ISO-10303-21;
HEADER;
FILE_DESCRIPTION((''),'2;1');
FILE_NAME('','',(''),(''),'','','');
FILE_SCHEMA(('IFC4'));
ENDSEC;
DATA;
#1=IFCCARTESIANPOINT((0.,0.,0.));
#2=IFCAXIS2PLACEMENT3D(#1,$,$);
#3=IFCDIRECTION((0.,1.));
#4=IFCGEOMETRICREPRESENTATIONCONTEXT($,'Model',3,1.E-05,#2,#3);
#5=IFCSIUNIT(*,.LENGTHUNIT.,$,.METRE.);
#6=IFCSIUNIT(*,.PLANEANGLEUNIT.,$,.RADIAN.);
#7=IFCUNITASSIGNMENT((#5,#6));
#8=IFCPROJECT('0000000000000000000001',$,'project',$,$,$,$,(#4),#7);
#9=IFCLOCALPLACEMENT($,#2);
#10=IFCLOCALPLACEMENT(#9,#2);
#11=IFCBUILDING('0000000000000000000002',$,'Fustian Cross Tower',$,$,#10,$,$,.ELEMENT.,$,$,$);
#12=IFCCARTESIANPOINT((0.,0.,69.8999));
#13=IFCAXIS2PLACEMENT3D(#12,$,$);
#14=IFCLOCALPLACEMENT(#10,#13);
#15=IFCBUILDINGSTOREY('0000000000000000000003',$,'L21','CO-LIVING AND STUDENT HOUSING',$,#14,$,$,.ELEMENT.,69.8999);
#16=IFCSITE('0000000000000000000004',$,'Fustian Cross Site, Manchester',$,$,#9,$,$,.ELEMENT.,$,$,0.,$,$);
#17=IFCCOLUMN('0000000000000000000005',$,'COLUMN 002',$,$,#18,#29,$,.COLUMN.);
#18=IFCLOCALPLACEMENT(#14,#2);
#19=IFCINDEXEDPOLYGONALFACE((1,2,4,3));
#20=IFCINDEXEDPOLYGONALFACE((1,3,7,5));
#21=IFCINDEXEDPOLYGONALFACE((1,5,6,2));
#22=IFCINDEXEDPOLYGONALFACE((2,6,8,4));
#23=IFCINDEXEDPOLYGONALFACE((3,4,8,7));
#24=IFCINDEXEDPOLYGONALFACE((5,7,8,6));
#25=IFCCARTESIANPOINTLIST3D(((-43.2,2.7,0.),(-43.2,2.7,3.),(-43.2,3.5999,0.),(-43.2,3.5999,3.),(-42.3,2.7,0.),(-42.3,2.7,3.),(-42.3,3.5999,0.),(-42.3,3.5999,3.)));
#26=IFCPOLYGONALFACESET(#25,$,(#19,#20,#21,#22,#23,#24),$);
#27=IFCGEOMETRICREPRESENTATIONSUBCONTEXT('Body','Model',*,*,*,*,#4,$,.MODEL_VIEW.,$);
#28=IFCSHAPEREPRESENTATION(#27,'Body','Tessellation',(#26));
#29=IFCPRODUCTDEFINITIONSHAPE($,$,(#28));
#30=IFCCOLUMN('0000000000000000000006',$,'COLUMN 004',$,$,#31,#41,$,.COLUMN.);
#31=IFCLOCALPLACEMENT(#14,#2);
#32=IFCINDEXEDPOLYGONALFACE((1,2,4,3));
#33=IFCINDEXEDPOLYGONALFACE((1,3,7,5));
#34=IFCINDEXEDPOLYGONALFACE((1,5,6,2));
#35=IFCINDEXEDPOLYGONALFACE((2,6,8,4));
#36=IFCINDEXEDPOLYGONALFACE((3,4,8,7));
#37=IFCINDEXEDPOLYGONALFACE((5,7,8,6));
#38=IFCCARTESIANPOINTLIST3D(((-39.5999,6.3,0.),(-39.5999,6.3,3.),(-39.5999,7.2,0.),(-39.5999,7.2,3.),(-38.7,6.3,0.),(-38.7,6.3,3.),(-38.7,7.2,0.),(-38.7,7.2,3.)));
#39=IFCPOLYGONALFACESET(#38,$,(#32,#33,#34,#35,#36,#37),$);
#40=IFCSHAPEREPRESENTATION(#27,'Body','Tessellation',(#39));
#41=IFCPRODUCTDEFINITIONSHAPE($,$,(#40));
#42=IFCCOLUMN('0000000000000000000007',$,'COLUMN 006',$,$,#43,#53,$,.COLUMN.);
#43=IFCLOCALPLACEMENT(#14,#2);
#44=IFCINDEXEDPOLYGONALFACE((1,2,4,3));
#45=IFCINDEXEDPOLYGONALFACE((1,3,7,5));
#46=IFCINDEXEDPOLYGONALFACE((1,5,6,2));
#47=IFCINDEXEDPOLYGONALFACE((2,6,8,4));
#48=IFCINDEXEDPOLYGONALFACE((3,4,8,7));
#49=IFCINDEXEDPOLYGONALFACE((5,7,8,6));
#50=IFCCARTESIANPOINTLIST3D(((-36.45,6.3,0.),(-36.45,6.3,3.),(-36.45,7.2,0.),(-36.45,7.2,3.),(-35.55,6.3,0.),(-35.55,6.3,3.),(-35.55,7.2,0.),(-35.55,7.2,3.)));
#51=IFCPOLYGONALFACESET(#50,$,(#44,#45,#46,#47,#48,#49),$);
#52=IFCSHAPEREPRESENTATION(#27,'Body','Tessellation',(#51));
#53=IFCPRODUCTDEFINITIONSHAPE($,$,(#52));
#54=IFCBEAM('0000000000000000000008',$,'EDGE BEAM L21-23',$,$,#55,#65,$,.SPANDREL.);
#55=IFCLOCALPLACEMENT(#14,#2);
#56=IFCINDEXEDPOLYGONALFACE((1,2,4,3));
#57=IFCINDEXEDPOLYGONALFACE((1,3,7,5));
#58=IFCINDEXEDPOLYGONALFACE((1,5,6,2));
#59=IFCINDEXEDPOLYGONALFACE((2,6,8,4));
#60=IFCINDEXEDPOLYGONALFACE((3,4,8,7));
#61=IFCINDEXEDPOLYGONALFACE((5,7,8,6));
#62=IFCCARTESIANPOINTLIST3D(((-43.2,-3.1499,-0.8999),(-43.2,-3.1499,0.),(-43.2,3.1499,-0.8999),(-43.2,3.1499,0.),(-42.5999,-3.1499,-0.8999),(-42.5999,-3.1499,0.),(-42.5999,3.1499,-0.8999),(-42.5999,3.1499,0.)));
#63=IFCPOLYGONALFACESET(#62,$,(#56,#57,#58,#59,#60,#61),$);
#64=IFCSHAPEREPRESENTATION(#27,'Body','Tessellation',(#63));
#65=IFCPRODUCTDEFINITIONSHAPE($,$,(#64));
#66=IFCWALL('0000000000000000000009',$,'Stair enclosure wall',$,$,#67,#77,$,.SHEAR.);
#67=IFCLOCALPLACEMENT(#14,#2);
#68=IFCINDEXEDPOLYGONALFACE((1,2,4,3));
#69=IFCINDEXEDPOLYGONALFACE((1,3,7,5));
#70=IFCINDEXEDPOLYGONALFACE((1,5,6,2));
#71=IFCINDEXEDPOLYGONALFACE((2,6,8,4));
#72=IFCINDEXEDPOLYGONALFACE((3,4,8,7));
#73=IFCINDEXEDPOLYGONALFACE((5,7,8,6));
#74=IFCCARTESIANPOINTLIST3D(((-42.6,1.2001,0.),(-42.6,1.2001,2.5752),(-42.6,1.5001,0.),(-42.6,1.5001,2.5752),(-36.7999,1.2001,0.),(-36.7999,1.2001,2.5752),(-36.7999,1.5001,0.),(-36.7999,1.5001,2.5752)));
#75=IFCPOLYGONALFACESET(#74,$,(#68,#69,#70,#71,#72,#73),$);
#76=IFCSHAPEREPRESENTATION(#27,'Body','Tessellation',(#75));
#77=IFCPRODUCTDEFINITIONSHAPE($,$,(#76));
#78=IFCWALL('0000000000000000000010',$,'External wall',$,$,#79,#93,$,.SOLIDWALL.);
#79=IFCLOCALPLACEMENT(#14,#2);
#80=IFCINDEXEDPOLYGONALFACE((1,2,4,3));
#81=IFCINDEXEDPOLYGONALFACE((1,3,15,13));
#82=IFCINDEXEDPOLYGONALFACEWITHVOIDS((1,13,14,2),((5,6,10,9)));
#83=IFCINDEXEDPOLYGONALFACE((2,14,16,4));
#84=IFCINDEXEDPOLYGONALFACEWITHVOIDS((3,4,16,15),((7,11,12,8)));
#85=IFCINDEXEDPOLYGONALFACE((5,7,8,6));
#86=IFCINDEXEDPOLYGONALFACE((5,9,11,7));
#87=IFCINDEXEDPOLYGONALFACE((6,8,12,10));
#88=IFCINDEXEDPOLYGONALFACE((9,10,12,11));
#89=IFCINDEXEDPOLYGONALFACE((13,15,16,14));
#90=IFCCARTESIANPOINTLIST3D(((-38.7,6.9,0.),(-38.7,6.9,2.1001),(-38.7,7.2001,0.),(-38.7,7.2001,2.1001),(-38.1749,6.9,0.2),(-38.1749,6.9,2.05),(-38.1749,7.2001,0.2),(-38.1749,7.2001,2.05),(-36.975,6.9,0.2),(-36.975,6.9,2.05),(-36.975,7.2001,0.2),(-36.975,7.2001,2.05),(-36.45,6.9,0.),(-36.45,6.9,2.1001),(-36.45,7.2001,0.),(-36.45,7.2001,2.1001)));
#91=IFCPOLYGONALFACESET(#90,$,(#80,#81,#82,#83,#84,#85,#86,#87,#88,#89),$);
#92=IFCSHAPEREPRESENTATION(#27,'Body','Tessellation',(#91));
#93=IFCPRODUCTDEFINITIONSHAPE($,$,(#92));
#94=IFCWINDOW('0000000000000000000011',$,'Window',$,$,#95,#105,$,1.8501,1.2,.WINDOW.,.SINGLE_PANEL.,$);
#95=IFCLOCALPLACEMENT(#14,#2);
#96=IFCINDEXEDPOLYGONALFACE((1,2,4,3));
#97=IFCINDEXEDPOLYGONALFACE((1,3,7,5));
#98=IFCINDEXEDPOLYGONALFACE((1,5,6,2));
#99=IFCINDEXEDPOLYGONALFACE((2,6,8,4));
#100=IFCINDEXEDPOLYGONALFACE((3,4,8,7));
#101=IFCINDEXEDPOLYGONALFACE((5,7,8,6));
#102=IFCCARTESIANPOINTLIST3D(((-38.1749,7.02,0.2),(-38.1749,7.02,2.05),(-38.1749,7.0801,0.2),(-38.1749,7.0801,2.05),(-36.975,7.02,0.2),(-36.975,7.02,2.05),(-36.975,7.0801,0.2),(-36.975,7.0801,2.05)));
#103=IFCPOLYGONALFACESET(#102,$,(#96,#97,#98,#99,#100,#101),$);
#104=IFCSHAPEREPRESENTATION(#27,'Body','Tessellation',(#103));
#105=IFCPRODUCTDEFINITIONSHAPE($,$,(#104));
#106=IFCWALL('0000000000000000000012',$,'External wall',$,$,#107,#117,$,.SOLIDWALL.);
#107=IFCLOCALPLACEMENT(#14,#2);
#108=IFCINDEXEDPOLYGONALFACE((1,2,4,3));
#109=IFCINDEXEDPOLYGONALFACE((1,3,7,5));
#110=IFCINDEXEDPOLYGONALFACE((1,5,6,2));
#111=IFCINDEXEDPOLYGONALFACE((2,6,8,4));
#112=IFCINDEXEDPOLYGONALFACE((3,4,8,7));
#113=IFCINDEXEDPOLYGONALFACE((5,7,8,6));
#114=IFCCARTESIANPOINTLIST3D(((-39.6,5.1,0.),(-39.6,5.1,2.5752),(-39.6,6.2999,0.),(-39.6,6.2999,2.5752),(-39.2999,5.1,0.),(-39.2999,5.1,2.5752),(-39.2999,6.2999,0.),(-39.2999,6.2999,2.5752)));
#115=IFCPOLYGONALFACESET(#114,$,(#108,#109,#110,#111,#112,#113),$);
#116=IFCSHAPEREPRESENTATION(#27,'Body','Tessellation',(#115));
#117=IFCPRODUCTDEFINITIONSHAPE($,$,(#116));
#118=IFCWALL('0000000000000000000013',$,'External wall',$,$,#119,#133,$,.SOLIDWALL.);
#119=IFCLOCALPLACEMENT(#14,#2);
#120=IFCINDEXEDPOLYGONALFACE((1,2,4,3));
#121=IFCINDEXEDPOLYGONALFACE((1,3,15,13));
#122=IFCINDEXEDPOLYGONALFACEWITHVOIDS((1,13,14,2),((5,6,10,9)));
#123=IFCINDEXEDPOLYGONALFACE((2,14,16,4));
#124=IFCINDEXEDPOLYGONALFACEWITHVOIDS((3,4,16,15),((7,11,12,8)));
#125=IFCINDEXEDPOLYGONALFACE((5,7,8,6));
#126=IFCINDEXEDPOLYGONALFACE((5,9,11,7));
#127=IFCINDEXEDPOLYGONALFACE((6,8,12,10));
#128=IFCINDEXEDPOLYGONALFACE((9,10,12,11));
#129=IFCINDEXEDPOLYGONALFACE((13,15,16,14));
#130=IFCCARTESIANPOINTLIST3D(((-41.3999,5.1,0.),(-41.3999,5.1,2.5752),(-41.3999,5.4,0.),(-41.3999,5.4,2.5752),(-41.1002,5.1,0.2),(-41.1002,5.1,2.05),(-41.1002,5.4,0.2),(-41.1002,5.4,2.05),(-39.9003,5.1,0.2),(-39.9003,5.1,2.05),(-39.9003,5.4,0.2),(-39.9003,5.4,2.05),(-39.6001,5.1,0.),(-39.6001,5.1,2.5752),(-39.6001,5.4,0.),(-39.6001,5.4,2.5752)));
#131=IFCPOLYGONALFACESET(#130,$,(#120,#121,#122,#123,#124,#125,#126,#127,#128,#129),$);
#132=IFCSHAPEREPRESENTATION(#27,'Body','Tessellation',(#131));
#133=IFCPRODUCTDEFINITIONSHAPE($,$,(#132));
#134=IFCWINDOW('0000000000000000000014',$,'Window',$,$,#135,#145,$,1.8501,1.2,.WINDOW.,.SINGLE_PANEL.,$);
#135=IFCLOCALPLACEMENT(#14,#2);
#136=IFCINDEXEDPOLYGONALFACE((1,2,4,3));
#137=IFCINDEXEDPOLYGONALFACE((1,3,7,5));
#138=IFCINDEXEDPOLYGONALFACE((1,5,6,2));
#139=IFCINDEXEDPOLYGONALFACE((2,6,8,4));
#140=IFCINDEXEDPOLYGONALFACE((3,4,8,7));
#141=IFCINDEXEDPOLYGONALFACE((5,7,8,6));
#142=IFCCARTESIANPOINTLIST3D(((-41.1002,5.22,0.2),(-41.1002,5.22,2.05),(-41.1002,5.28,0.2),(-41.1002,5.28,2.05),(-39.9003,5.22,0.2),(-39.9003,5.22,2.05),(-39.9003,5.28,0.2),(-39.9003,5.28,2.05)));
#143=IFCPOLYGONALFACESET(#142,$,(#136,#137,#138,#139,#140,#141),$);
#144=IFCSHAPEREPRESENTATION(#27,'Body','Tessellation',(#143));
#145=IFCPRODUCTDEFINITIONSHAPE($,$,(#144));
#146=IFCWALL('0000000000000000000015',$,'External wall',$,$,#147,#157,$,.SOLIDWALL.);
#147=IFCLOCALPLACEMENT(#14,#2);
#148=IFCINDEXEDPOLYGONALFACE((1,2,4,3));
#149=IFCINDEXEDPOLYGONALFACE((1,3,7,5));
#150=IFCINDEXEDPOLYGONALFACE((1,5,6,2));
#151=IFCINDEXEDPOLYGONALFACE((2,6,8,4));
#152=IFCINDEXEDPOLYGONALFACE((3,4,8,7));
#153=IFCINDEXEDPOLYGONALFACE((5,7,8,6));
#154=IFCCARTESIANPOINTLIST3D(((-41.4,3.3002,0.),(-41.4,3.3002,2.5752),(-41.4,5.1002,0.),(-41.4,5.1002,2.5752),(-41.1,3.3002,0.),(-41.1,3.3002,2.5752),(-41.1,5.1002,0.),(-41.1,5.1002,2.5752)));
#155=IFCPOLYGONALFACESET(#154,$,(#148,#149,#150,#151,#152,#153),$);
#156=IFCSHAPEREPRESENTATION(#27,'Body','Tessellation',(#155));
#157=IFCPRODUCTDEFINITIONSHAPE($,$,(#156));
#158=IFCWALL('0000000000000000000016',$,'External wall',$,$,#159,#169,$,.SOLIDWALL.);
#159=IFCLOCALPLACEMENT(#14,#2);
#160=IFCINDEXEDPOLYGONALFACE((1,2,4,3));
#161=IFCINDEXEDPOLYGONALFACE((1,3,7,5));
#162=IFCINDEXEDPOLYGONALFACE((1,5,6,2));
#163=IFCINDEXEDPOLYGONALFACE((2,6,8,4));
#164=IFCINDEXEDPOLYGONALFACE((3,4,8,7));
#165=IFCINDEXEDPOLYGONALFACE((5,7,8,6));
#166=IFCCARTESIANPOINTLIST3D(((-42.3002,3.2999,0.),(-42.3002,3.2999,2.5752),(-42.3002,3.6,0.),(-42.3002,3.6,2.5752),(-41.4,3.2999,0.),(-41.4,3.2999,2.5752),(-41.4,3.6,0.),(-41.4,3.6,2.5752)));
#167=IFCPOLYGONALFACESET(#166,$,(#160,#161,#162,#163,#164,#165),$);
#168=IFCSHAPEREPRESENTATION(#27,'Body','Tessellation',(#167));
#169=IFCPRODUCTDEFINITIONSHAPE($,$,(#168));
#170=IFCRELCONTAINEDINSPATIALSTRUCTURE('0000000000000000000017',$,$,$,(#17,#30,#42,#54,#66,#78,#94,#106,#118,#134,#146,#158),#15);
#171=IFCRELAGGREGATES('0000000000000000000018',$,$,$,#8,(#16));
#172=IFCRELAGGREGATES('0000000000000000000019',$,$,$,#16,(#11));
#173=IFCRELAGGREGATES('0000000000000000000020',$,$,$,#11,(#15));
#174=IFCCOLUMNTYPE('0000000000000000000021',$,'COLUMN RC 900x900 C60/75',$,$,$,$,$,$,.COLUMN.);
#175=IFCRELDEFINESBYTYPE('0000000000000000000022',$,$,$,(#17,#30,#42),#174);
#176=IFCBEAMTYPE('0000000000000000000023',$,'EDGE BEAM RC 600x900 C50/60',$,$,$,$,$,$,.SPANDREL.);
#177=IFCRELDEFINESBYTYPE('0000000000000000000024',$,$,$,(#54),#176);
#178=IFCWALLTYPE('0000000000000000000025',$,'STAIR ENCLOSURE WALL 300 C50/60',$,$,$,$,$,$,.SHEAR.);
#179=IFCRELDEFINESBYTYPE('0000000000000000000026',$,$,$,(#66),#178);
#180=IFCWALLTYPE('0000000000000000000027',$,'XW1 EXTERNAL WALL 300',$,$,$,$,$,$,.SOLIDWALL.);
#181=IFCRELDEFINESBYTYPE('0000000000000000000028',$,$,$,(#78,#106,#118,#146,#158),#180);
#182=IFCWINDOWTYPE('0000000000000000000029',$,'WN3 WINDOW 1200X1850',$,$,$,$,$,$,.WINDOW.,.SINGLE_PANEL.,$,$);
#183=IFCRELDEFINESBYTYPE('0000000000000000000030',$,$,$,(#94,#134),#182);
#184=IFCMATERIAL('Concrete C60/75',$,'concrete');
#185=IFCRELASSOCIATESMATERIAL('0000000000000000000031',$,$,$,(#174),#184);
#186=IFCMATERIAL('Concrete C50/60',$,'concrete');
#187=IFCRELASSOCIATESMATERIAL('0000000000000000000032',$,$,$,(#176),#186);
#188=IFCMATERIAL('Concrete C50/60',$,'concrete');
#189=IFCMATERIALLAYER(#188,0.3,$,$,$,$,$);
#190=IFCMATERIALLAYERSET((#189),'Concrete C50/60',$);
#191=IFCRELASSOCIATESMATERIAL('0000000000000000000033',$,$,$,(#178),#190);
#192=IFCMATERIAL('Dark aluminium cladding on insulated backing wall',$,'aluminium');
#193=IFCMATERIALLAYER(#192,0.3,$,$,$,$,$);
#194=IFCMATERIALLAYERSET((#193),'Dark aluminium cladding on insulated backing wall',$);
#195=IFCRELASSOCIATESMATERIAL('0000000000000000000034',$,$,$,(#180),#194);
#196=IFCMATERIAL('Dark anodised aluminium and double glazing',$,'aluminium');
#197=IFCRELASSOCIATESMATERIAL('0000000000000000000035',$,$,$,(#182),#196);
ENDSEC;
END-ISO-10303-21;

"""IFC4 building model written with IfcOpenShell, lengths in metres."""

from ifc_helpers import new_model, si_unit, direction, frame, frame_2d, origin, origin_2d, place, context, subcontext, project, spatial, rectangle, extrude, material, layer, layer_set, material_profile, profile_set, type_object, element, fill, save


model = new_model("IFC4")

# Units and contexts
model_context = context("Model", 3, precision=1e-05, world=origin(), true_north=direction((0.0, 1.0)))
body_context = subcontext(model_context, "Body", "Model", "MODEL_VIEW")
ifc_project = project(units=[si_unit("LENGTHUNIT", "METRE"), si_unit("PLANEANGLEUNIT", "RADIAN")], contexts=[model_context])

# Site, building, storey
site_placement = place(None, origin())
site = spatial("IfcSite", under=ifc_project, at=site_placement, Name="Fustian Cross Site, Manchester", CompositionType="ELEMENT", RefElevation=0.0)
building_placement = place(site_placement, origin())
building = spatial("IfcBuilding", under=site, at=building_placement, Name="Fustian Cross Tower", CompositionType="ELEMENT")
storey_placement = place(building_placement, frame((0.0, 0.0, 69.8999)))
storey = spatial("IfcBuildingStorey", under=building, at=storey_placement, Name="L21", Description="CO-LIVING AND STUDENT HOUSING", CompositionType="ELEMENT", Elevation=69.8999)

# Columns
ifc_material_1 = material(Name="Concrete C60/75", Category="concrete")
ifc_material_profile_1 = material_profile(ifc_material_1, rectangle(XDim=0.8999, YDim=0.8999, at=origin_2d()), Name="RC 900x900")
ifc_profile_set_1 = profile_set([ifc_material_profile_1], Name="Concrete C60/75")
column_type = type_object("IfcColumnType", Name="COLUMN RC 900x900 C60/75", PredefinedType="COLUMN", material=ifc_profile_set_1)
for number, where, z_axis, x_axis, name in (
    (1, (-42.75, 3.1499, 0.0), (0.0, 0.0, 1.0), (1.0, 0.0, 0.0), "COLUMN 002"),
    (2, (-39.1499, 6.75, 0.0), (0.0, 0.0, 1.0), (1.0, 0.0, 0.0), "COLUMN 004"),
    (3, (-36.0, 6.75, 0.0), (0.0, 0.0, 1.0), (1.0, 0.0, 0.0), "COLUMN 006"),
):
    element("IfcColumn", number, at=place(storey_placement, frame(where, z_axis=z_axis, x_axis=x_axis)), inside=storey, type_object=column_type, Name=name, PredefinedType="COLUMN", context=body_context, shape_type="SweptSolid", body=[
        extrude(rectangle(XDim=0.8999, YDim=0.8999, at=origin_2d()), origin(), (0.0, 0.0, 1.0), 3.0),
    ])

# Beam
ifc_material_2 = material(Name="Concrete C50/60", Category="concrete")
ifc_material_profile_2 = material_profile(ifc_material_2, rectangle(XDim=0.6001, YDim=0.8999, at=origin_2d()), Name="RC 600x900")
ifc_profile_set_2 = profile_set([ifc_material_profile_2], Name="Concrete C50/60")
beam_type = type_object("IfcBeamType", Name="EDGE BEAM RC 600x900 C50/60", PredefinedType="SPANDREL", material=ifc_profile_set_2)
beam_placement = place(storey_placement, frame((-42.8999, 3.1499, -0.45), z_axis=(0.0, -1.0, 0.0), x_axis=(1.0, 0.0, 0.0)))
element("IfcBeam", 4, at=beam_placement, inside=storey, type_object=beam_type, Name="EDGE BEAM L21-23", PredefinedType="SPANDREL", context=body_context, shape_type="SweptSolid", body=[
    extrude(rectangle(XDim=0.6001, YDim=0.8999, at=origin_2d()), origin(), (0.0, 0.0, 1.0), 6.2998),
])

# Wall
ifc_material_3 = material(Name="Concrete C50/60", Category="concrete")
ifc_layer_1 = layer(ifc_material_3, 0.3)
ifc_layer_set_1 = layer_set([ifc_layer_1], Name="Concrete C50/60")
wall_type_1 = type_object("IfcWallType", Name="STAIR ENCLOSURE WALL 300 C50/60", PredefinedType="SHEAR", material=ifc_layer_set_1)
wall_1_placement = place(storey_placement, frame((-36.8, 1.3501, 0.0), z_axis=(0.0, 0.0, 1.0), x_axis=(-1.0, 0.0, 0.0)))
element("IfcWall", 5, at=wall_1_placement, inside=storey, type_object=wall_type_1, Name="Stair enclosure wall", PredefinedType="SHEAR", context=body_context, shape_type="SweptSolid", body=[
    extrude(rectangle(XDim=5.8, YDim=0.3, at=frame_2d((2.8999, 0.0))), origin(), (0.0, 0.0, 1.0), 2.5752),
])

# Wall, opening, window
ifc_material_4 = material(Name="Dark aluminium cladding on insulated backing wall", Category="aluminium")
ifc_layer_2 = layer(ifc_material_4, 0.3)
ifc_layer_set_2 = layer_set([ifc_layer_2], Name="Dark aluminium cladding on insulated backing wall")
wall_type_2 = type_object("IfcWallType", Name="XW1 EXTERNAL WALL 300", PredefinedType="SOLIDWALL", material=ifc_layer_set_2)
wall_2_placement = place(storey_placement, frame((-36.45, 7.05, 0.0), z_axis=(0.0, 0.0, 1.0), x_axis=(-1.0, 0.0, 0.0)))
wall_2 = element("IfcWall", 6, at=wall_2_placement, inside=storey, type_object=wall_type_2, Name="External wall", PredefinedType="SOLIDWALL", context=body_context, shape_type="SweptSolid", body=[
    extrude(rectangle(XDim=2.25, YDim=0.3, at=frame_2d((1.125, 0.0))), origin(), (0.0, 0.0, 1.0), 2.1001),
])
opening_1_placement = place(wall_2_placement, frame((0.5249, 0.0, 0.2)))
opening_1 = element("IfcOpeningElement", 7, at=opening_1_placement, cuts=wall_2, PredefinedType="OPENING", context=body_context, shape_type="SweptSolid", body=[
    extrude(rectangle(XDim=1.2, YDim=1.8501, at=frame_2d((0.6001, 0.925))), frame((0.0, 0.1599, 0.0), z_axis=(0.0, -1.0, 0.0), x_axis=(1.0, 0.0, 0.0)), (0.0, 0.0, 1.0), 0.3201),
])
ifc_material_5 = material(Name="Dark anodised aluminium and double glazing", Category="aluminium")
window_type_1 = type_object("IfcWindowType", Name="WN3 WINDOW 1200X1850", PartitioningType="SINGLE_PANEL", PredefinedType="WINDOW", material=ifc_material_5)
window_1_placement = place(opening_1_placement, origin())
window_1 = element("IfcWindow", 8, at=window_1_placement, inside=storey, type_object=window_type_1, Name="Window", OverallHeight=1.8501, OverallWidth=1.2, PartitioningType="SINGLE_PANEL", PredefinedType="WINDOW", context=body_context, shape_type="SweptSolid", body=[
    extrude(rectangle(XDim=1.2, YDim=1.8501, at=frame_2d((0.6001, 0.925))), frame((0.0, 0.03, 0.0), z_axis=(0.0, -1.0, 0.0), x_axis=(1.0, 0.0, 0.0)), (0.0, 0.0, 1.0), 0.0601),
])
fill(opening_1, window_1)

# Wall
wall_3_placement = place(storey_placement, frame((-39.45, 6.3, 0.0), z_axis=(0.0, 0.0, 1.0), x_axis=(0.0, -1.0, 0.0)))
element("IfcWall", 9, at=wall_3_placement, inside=storey, type_object=wall_type_2, Name="External wall", PredefinedType="SOLIDWALL", context=body_context, shape_type="SweptSolid", body=[
    extrude(rectangle(XDim=1.2, YDim=0.3, at=frame_2d((0.6001, 0.0))), origin(), (0.0, 0.0, 1.0), 2.5752),
])

# Wall, opening, window
wall_4_placement = place(storey_placement, frame((-39.6001, 5.25, 0.0), z_axis=(0.0, 0.0, 1.0), x_axis=(-1.0, 0.0, 0.0)))
wall_4 = element("IfcWall", 10, at=wall_4_placement, inside=storey, type_object=wall_type_2, Name="External wall", PredefinedType="SOLIDWALL", context=body_context, shape_type="SweptSolid", body=[
    extrude(rectangle(XDim=1.7998, YDim=0.3, at=frame_2d((0.8999, 0.0))), origin(), (0.0, 0.0, 1.0), 2.5752),
])
opening_2_placement = place(wall_4_placement, frame((0.3, 0.0, 0.2)))
opening_2 = element("IfcOpeningElement", 11, at=opening_2_placement, cuts=wall_4, PredefinedType="OPENING", context=body_context, shape_type="SweptSolid", body=[
    extrude(rectangle(XDim=1.2, YDim=1.8501, at=frame_2d((0.6001, 0.925))), frame((0.0, 0.1599, 0.0), z_axis=(0.0, -1.0, 0.0), x_axis=(1.0, 0.0, 0.0)), (0.0, 0.0, 1.0), 0.3201),
])
window_2_placement = place(opening_2_placement, origin())
window_2 = element("IfcWindow", 12, at=window_2_placement, inside=storey, type_object=window_type_1, Name="Window", OverallHeight=1.8501, OverallWidth=1.2, PartitioningType="SINGLE_PANEL", PredefinedType="WINDOW", context=body_context, shape_type="SweptSolid", body=[
    extrude(rectangle(XDim=1.2, YDim=1.8501, at=frame_2d((0.6001, 0.925))), frame((0.0, 0.03, 0.0), z_axis=(0.0, -1.0, 0.0), x_axis=(1.0, 0.0, 0.0)), (0.0, 0.0, 1.0), 0.0601),
])
fill(opening_2, window_2)

# Walls
wall_5_placement = place(storey_placement, frame((-41.25, 5.1001, 0.0), z_axis=(0.0, 0.0, 1.0), x_axis=(0.0, -1.0, 0.0)))
element("IfcWall", 13, at=wall_5_placement, inside=storey, type_object=wall_type_2, Name="External wall", PredefinedType="SOLIDWALL", context=body_context, shape_type="SweptSolid", body=[
    extrude(rectangle(XDim=1.8, YDim=0.3, at=frame_2d((0.8999, 0.0))), origin(), (0.0, 0.0, 1.0), 2.5752),
])
wall_6_placement = place(storey_placement, frame((-41.3999, 3.45, 0.0), z_axis=(0.0, 0.0, 1.0), x_axis=(-1.0, 0.0, 0.0)))
element("IfcWall", 14, at=wall_6_placement, inside=storey, type_object=wall_type_2, Name="External wall", PredefinedType="SOLIDWALL", context=body_context, shape_type="SweptSolid", body=[
    extrude(rectangle(XDim=0.9001, YDim=0.3, at=frame_2d((0.4502, 0.0))), origin(), (0.0, 0.0, 1.0), 2.5752),
])

save(model, "model.ifc")
